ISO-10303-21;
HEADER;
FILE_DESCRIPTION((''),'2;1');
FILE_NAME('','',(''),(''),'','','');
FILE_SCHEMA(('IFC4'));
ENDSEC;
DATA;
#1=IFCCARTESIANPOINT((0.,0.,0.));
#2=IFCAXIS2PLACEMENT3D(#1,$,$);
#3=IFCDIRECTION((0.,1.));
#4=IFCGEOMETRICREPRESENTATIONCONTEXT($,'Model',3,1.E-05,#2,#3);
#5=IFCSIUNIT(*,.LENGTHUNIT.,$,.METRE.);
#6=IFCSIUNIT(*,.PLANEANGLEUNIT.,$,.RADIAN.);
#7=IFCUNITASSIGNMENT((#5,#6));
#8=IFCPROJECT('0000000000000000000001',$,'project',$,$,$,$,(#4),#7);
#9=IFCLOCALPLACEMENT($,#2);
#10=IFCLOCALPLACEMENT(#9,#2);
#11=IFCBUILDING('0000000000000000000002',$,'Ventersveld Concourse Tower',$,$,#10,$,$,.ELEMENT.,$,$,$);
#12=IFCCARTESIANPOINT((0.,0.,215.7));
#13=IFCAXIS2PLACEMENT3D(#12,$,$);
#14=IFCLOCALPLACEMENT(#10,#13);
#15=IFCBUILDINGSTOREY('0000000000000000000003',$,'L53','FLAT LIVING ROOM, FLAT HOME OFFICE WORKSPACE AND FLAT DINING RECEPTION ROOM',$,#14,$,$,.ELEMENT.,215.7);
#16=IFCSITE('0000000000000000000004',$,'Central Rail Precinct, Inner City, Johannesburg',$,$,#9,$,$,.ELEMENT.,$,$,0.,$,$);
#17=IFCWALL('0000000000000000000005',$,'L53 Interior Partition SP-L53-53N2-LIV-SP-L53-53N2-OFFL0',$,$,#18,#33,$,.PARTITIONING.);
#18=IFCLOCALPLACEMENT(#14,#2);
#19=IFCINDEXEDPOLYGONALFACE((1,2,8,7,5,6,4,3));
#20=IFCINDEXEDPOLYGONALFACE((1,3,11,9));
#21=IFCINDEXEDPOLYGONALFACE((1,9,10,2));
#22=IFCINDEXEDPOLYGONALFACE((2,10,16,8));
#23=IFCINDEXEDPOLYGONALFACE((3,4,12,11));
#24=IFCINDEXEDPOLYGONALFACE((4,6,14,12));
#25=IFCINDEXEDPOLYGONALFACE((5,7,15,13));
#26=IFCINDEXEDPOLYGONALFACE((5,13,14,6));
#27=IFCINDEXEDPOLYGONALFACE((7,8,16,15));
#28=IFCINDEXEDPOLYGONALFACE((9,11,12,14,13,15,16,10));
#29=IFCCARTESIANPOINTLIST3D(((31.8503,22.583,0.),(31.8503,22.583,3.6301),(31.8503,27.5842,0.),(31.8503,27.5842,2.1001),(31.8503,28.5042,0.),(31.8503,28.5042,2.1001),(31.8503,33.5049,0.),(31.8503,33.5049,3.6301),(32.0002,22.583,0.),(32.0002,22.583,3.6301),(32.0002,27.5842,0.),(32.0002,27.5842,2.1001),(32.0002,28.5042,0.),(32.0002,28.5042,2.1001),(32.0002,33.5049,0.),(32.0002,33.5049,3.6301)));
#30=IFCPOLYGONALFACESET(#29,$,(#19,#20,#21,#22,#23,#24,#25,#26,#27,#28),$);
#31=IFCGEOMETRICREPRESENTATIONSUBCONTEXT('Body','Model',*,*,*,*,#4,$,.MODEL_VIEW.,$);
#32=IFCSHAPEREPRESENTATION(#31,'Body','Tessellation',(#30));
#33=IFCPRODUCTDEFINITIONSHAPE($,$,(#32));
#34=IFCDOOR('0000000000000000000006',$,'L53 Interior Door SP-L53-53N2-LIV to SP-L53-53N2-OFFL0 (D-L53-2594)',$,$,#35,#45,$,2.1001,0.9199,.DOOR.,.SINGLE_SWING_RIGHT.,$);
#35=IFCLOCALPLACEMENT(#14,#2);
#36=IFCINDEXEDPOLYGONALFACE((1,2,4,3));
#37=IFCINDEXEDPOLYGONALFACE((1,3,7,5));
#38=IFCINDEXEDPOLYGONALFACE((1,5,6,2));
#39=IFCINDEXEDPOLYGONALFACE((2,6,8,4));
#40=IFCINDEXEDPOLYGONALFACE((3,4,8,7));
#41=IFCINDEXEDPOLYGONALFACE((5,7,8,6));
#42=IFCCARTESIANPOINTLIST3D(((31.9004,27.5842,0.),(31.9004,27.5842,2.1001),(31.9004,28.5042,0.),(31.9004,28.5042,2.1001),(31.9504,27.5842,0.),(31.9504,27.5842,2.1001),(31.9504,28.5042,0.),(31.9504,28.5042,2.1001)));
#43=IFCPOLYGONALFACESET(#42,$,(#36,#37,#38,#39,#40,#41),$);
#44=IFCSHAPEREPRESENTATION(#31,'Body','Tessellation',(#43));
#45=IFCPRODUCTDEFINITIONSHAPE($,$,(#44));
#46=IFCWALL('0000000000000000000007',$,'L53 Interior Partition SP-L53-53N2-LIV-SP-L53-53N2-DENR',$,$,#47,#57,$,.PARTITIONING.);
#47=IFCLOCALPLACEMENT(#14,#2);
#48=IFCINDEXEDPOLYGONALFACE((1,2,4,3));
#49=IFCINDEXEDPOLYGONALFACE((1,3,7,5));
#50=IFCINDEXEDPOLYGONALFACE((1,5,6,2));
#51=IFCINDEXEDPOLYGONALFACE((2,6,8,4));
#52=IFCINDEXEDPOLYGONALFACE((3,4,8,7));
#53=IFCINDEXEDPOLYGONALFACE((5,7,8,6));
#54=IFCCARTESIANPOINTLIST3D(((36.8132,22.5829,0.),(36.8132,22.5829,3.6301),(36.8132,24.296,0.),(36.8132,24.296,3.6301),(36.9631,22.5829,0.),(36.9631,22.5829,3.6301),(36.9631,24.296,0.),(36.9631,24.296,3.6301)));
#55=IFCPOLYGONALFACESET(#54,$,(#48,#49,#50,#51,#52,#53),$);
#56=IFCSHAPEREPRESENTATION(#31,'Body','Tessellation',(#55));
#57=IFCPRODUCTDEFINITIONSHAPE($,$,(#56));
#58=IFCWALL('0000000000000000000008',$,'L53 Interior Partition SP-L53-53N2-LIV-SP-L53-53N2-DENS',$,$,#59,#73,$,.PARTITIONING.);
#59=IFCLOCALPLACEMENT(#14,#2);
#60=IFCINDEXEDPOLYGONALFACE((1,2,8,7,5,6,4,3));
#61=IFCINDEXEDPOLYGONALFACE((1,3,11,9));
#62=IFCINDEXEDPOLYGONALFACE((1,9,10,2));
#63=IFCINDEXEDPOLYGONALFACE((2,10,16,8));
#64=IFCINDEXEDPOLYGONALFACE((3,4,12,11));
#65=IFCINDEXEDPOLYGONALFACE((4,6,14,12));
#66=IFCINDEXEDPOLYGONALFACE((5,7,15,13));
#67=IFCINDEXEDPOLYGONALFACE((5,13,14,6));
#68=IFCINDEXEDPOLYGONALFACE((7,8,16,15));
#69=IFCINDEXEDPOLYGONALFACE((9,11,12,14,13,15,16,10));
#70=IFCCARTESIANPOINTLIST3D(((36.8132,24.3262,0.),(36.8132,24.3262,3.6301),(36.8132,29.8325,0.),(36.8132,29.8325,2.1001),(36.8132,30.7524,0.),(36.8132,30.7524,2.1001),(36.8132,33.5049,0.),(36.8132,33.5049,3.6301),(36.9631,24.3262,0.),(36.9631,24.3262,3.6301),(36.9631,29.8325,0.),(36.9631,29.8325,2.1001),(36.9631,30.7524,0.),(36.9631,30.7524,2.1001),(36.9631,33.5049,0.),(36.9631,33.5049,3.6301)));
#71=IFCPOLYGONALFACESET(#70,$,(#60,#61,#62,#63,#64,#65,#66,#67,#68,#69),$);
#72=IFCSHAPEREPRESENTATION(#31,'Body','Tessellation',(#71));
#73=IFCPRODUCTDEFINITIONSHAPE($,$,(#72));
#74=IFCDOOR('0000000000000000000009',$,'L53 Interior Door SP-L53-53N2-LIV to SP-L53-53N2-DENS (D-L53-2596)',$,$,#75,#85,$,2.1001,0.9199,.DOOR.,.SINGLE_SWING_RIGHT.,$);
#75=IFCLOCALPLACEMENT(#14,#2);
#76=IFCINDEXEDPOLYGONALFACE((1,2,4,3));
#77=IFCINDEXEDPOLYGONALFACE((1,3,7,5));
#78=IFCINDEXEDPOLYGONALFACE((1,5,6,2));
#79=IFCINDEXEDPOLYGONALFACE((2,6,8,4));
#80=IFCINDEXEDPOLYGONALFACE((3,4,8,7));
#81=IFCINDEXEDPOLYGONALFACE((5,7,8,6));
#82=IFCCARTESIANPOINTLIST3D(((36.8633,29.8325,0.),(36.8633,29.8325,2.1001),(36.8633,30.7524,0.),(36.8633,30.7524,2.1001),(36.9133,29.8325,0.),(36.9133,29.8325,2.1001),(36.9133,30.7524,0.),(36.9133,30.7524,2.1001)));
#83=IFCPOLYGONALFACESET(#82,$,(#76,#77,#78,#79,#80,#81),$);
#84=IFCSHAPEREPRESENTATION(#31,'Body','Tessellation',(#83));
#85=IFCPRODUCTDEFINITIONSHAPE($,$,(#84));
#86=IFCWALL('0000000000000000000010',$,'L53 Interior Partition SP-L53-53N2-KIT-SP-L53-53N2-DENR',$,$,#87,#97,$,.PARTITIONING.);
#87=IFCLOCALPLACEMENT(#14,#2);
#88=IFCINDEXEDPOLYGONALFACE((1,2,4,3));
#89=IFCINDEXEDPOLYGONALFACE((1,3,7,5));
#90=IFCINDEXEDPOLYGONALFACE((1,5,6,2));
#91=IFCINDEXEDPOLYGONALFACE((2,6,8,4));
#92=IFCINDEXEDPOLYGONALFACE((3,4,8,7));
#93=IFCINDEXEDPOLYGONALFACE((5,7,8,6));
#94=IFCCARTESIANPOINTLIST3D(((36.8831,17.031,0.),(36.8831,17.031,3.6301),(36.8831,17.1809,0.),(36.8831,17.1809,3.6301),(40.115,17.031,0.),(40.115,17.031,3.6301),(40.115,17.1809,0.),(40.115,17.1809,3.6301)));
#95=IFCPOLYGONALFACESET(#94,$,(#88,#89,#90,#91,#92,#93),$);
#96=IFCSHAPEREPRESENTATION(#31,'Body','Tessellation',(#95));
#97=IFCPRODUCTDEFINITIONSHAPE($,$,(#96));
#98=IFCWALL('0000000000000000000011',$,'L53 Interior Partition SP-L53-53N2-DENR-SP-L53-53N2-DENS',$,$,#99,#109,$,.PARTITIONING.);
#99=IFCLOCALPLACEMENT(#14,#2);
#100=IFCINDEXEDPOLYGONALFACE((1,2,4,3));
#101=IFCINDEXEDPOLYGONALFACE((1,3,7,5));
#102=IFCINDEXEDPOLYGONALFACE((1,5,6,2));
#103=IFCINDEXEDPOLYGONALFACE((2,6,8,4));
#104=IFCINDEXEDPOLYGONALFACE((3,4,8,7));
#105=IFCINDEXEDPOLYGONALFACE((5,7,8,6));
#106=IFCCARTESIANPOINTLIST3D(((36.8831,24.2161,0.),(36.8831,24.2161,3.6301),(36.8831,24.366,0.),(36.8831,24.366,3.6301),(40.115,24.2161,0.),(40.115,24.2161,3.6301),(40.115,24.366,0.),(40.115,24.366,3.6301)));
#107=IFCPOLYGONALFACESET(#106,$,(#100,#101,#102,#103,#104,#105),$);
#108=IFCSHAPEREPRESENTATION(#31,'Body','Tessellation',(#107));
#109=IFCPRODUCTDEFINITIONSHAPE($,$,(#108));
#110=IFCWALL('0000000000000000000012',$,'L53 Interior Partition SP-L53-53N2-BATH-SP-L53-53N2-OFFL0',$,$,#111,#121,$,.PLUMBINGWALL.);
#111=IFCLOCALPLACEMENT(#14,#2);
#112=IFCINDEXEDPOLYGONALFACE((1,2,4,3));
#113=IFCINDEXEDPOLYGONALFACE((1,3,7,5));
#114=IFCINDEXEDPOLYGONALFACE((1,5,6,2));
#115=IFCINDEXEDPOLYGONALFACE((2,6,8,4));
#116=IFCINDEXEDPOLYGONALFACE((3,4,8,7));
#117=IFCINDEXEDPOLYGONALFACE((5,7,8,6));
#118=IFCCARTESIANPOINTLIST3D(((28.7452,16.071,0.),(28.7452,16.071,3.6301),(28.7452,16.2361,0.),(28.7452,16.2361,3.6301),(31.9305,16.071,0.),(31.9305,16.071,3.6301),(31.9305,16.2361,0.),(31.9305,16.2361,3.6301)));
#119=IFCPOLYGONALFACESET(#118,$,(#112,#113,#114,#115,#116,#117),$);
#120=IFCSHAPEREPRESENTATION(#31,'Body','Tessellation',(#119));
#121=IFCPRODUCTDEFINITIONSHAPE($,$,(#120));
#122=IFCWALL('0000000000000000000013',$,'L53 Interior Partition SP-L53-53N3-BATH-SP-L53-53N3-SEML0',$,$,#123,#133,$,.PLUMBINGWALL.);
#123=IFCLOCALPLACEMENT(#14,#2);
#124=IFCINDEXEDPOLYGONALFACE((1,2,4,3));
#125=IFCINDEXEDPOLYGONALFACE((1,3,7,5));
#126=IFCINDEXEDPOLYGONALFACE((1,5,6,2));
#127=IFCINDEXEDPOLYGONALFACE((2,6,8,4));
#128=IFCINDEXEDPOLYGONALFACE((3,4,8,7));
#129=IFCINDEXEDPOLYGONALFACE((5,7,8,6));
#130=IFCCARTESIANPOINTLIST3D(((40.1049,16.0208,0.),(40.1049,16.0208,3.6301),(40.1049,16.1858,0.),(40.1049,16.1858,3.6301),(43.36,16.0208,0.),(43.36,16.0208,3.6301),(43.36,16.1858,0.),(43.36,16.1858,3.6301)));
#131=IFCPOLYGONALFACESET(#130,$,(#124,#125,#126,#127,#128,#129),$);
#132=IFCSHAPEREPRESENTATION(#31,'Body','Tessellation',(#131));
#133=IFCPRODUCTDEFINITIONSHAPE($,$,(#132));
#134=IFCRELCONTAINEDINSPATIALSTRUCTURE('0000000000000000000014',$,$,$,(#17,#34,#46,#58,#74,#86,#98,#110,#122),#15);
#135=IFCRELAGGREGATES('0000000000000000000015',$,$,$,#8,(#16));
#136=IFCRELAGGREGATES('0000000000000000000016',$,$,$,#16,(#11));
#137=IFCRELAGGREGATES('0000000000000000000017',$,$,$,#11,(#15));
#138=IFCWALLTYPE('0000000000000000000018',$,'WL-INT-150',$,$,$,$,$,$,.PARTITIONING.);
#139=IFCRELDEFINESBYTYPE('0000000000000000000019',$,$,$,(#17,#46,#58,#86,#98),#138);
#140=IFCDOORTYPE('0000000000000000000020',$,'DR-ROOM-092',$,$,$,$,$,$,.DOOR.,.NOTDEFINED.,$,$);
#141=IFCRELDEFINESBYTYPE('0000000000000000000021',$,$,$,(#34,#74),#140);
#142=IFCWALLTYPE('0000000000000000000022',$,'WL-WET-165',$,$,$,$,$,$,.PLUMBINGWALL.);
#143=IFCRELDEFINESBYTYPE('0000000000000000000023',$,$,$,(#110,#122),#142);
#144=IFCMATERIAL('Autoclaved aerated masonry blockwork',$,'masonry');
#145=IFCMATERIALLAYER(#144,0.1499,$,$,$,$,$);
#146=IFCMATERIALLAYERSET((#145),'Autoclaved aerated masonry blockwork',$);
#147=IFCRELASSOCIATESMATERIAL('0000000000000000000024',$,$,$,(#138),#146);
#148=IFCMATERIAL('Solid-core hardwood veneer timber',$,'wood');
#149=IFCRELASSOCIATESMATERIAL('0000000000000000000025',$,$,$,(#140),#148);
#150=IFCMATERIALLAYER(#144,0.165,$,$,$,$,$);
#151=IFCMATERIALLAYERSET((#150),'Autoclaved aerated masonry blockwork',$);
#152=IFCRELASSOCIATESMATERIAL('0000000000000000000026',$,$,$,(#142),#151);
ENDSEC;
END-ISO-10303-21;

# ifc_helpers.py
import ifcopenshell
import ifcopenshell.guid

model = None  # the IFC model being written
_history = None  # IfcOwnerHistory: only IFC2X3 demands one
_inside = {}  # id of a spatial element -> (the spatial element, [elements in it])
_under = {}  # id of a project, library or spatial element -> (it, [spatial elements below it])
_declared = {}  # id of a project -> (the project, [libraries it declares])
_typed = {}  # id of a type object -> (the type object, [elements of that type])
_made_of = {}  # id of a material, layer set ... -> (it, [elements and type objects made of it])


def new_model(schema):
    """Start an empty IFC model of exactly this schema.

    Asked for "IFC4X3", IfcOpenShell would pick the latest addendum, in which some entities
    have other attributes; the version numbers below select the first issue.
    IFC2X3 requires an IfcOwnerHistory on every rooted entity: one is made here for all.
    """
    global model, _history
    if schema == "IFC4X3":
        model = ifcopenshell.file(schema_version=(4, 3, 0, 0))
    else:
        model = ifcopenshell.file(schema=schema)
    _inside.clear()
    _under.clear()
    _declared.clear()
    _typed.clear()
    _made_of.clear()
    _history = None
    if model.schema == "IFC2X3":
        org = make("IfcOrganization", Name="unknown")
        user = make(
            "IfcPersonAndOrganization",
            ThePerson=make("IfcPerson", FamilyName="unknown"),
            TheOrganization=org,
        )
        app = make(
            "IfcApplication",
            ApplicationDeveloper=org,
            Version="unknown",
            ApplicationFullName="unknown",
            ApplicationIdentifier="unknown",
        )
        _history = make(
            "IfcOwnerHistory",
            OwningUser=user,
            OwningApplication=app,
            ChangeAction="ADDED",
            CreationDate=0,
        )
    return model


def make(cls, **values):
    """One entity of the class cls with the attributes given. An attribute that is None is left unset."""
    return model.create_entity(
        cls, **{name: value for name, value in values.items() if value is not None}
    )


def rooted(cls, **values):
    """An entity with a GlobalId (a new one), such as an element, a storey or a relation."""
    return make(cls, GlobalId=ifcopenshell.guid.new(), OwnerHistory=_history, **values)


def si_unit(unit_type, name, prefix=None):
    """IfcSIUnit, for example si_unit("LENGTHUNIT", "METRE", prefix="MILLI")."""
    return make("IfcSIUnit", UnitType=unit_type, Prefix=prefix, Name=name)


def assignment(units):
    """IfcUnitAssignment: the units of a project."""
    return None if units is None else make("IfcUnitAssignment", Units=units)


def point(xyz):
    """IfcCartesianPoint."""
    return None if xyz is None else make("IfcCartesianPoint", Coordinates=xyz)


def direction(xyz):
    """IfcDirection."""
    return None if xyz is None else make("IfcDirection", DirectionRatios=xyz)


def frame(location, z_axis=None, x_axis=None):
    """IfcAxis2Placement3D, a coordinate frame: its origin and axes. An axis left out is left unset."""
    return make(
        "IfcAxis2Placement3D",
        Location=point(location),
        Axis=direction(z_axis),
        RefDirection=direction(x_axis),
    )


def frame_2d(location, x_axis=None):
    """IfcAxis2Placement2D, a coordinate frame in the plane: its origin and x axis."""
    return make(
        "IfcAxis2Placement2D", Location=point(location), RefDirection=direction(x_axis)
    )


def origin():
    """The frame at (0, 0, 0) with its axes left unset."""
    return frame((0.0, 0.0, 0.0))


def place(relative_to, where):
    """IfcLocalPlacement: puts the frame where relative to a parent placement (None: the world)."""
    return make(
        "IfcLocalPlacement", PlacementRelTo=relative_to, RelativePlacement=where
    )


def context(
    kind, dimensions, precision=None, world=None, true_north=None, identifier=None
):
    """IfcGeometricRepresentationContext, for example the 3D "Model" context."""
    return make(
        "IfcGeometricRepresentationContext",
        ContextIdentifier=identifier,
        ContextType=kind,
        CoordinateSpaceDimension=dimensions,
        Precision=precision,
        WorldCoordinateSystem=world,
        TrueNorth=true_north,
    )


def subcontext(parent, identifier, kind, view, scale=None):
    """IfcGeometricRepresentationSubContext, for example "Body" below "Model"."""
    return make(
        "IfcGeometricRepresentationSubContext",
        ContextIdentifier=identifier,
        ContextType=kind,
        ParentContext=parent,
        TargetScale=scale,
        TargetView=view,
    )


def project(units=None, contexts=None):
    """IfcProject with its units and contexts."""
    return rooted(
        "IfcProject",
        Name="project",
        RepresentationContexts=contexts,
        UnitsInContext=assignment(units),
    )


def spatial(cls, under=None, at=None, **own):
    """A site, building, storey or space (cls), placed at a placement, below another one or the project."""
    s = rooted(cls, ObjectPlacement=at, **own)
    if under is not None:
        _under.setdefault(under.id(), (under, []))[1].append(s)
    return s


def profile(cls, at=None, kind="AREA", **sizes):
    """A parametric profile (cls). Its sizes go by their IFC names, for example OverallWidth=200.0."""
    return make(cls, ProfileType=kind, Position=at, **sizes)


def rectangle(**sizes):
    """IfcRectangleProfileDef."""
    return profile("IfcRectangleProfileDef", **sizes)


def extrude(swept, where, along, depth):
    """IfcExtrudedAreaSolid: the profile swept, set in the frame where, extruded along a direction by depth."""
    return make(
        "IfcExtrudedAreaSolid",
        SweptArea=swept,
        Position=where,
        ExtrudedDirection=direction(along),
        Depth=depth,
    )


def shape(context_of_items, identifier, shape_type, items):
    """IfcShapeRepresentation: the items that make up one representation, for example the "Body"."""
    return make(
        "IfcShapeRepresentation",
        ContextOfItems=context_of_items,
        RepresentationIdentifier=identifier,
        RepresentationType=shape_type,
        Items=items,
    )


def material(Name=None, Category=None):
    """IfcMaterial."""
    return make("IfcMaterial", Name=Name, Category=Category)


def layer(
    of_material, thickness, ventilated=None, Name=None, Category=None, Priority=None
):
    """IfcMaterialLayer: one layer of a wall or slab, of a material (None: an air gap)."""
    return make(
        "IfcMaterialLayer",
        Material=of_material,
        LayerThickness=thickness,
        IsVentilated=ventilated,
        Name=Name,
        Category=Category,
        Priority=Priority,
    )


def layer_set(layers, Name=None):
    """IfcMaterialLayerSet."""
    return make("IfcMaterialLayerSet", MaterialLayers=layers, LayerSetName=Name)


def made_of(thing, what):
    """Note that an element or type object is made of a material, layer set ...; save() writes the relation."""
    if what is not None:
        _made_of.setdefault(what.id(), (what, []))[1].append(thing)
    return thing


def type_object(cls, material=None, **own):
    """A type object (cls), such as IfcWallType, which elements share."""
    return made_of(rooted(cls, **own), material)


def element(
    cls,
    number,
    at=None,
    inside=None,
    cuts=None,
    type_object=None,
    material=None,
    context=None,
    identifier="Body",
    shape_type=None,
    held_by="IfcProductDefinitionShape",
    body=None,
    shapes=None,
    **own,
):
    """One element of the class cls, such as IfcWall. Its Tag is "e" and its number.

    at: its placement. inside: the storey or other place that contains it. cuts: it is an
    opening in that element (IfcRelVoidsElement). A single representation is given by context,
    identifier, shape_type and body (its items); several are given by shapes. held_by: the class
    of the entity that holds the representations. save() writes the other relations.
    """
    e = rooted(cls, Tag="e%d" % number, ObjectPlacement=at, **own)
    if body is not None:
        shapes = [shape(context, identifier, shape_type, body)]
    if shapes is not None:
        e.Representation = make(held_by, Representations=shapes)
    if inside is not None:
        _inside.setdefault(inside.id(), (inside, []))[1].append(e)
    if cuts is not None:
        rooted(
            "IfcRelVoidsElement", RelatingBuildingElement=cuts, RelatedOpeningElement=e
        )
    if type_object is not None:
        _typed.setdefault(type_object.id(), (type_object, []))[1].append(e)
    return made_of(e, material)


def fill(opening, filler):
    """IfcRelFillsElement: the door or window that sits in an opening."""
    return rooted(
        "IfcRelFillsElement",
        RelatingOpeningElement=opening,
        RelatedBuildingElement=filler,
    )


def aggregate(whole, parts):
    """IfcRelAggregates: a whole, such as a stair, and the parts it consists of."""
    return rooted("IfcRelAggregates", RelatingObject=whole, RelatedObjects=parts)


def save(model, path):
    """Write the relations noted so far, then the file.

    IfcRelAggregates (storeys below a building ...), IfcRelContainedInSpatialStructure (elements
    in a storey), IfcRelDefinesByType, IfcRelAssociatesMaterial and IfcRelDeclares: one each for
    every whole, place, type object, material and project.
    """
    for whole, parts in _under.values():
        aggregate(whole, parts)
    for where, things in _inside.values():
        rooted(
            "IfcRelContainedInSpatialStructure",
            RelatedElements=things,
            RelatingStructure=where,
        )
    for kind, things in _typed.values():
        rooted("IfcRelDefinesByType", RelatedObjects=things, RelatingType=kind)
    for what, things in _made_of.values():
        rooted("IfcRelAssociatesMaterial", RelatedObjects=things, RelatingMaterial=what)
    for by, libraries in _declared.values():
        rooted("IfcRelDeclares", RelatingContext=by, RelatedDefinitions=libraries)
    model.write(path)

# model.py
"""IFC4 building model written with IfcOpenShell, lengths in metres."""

from ifc_helpers import new_model, si_unit, direction, frame, frame_2d, origin, place, context, subcontext, project, spatial, rectangle, extrude, material, layer, layer_set, type_object, element, fill, save


model = new_model("IFC4")

# Units and contexts
model_context = context("Model", 3, precision=1e-05, world=origin(), true_north=direction((0.0, 1.0)))
body_context = subcontext(model_context, "Body", "Model", "MODEL_VIEW")
ifc_project = project(units=[si_unit("LENGTHUNIT", "METRE"), si_unit("PLANEANGLEUNIT", "RADIAN")], contexts=[model_context])

# Site, building, storey
site_placement = place(None, origin())
site = spatial("IfcSite", under=ifc_project, at=site_placement, Name="Central Rail Precinct, Inner City, Johannesburg", CompositionType="ELEMENT", RefElevation=0.0)
building_placement = place(site_placement, origin())
building = spatial("IfcBuilding", under=site, at=building_placement, Name="Ventersveld Concourse Tower", CompositionType="ELEMENT")
storey_placement = place(building_placement, frame((0.0, 0.0, 215.7)))
storey = spatial("IfcBuildingStorey", under=building, at=storey_placement, Name="L53", Description="FLAT LIVING ROOM, FLAT HOME OFFICE WORKSPACE AND FLAT DINING RECEPTION ROOM", CompositionType="ELEMENT", Elevation=215.7)

# Wall, opening, door
ifc_material_1 = material(Name="Autoclaved aerated masonry blockwork", Category="masonry")
ifc_layer_1 = layer(ifc_material_1, 0.1499)
ifc_layer_set_1 = layer_set([ifc_layer_1], Name="Autoclaved aerated masonry blockwork")
wall_type_1 = type_object("IfcWallType", Name="WL-INT-150", PredefinedType="PARTITIONING", material=ifc_layer_set_1)
ifc_material_2 = material(Name="Solid-core hardwood veneer timber", Category="wood")
door_type = type_object("IfcDoorType", Name="DR-ROOM-092", OperationType="NOTDEFINED", PredefinedType="DOOR", material=ifc_material_2)
wall_1_placement = place(storey_placement, frame((31.9253, 22.583, 0.0), z_axis=(0.0, 0.0, 1.0), x_axis=(0.0, 1.0, 0.0)))
wall_1 = element("IfcWall", 1, at=wall_1_placement, inside=storey, type_object=wall_type_1, Name="L53 Interior Partition SP-L53-53N2-LIV-SP-L53-53N2-OFFL0", PredefinedType="PARTITIONING", context=body_context, shape_type="SweptSolid", body=[
    extrude(rectangle(XDim=10.9219, YDim=0.1499, at=frame_2d((5.4609, 0.0))), origin(), (0.0, 0.0, 1.0), 3.6301),
])
opening_1_placement = place(wall_1_placement, frame((5.0012, 0.0, 0.0)))
opening_1 = element("IfcOpeningElement", 2, at=opening_1_placement, cuts=wall_1, PredefinedType="OPENING", context=body_context, shape_type="SweptSolid", body=[
    extrude(rectangle(XDim=0.9199, YDim=2.1001, at=frame_2d((0.46, 1.05))), frame((0.0, 0.085, 0.0), z_axis=(0.0, -1.0, 0.0), x_axis=(1.0, 0.0, 0.0)), (0.0, 0.0, 1.0), 0.1699),
])
door_1_placement = place(opening_1_placement, origin())
door_1 = element("IfcDoor", 3, at=door_1_placement, inside=storey, type_object=door_type, Name="L53 Interior Door SP-L53-53N2-LIV to SP-L53-53N2-OFFL0 (D-L53-2594)", OperationType="SINGLE_SWING_RIGHT", OverallHeight=2.1001, OverallWidth=0.9199, PredefinedType="DOOR", context=body_context, shape_type="SweptSolid", body=[
    extrude(rectangle(XDim=0.9199, YDim=2.1001, at=frame_2d((0.46, 1.05))), frame((0.0, 0.0249, 0.0), z_axis=(0.0, -1.0, 0.0), x_axis=(1.0, 0.0, 0.0)), (0.0, 0.0, 1.0), 0.05),
])
fill(opening_1, door_1)

# Wall
wall_2_placement = place(storey_placement, frame((36.8882, 22.583, 0.0), z_axis=(0.0, 0.0, 1.0), x_axis=(0.0, 1.0, 0.0)))
element("IfcWall", 4, at=wall_2_placement, inside=storey, type_object=wall_type_1, Name="L53 Interior Partition SP-L53-53N2-LIV-SP-L53-53N2-DENR", PredefinedType="PARTITIONING", context=body_context, shape_type="SweptSolid", body=[
    extrude(rectangle(XDim=1.7131, YDim=0.1499, at=frame_2d((0.8564, 0.0))), origin(), (0.0, 0.0, 1.0), 3.6301),
])

# Wall, opening, door
wall_3_placement = place(storey_placement, frame((36.8882, 24.3262, 0.0), z_axis=(0.0, 0.0, 1.0), x_axis=(0.0, 1.0, 0.0)))
wall_3 = element("IfcWall", 5, at=wall_3_placement, inside=storey, type_object=wall_type_1, Name="L53 Interior Partition SP-L53-53N2-LIV-SP-L53-53N2-DENS", PredefinedType="PARTITIONING", context=body_context, shape_type="SweptSolid", body=[
    extrude(rectangle(XDim=9.1787, YDim=0.1499, at=frame_2d((4.5894, 0.0))), origin(), (0.0, 0.0, 1.0), 3.6301),
])
opening_2_placement = place(wall_3_placement, frame((5.5063, 0.0, 0.0)))
opening_2 = element("IfcOpeningElement", 6, at=opening_2_placement, cuts=wall_3, PredefinedType="OPENING", context=body_context, shape_type="SweptSolid", body=[
    extrude(rectangle(XDim=0.9199, YDim=2.1001, at=frame_2d((0.46, 1.05))), frame((0.0, 0.085, 0.0), z_axis=(0.0, -1.0, 0.0), x_axis=(1.0, 0.0, 0.0)), (0.0, 0.0, 1.0), 0.1699),
])
door_2_placement = place(opening_2_placement, origin())
door_2 = element("IfcDoor", 7, at=door_2_placement, inside=storey, type_object=door_type, Name="L53 Interior Door SP-L53-53N2-LIV to SP-L53-53N2-DENS (D-L53-2596)", OperationType="SINGLE_SWING_RIGHT", OverallHeight=2.1001, OverallWidth=0.9199, PredefinedType="DOOR", context=body_context, shape_type="SweptSolid", body=[
    extrude(rectangle(XDim=0.9199, YDim=2.1001, at=frame_2d((0.46, 1.05))), frame((0.0, 0.0249, 0.0), z_axis=(0.0, -1.0, 0.0), x_axis=(1.0, 0.0, 0.0)), (0.0, 0.0, 1.0), 0.05),
])
fill(opening_2, door_2)

# Walls
for number, where, z_axis, x_axis, name in (
    (8, (36.8831, 17.106, 0.0), (0.0, 0.0, 1.0), (1.0, 0.0, 0.0), "L53 Interior Partition SP-L53-53N2-KIT-SP-L53-53N2-DENR"),
    (9, (36.8831, 24.291, 0.0), (0.0, 0.0, 1.0), (1.0, 0.0, 0.0), "L53 Interior Partition SP-L53-53N2-DENR-SP-L53-53N2-DENS"),
):
    element("IfcWall", number, at=place(storey_placement, frame(where, z_axis=z_axis, x_axis=x_axis)), inside=storey, type_object=wall_type_1, Name=name, PredefinedType="PARTITIONING", context=body_context, shape_type="SweptSolid", body=[
        extrude(rectangle(XDim=3.2319, YDim=0.1499, at=frame_2d((1.616, 0.0))), origin(), (0.0, 0.0, 1.0), 3.6301),
    ])
ifc_layer_2 = layer(ifc_material_1, 0.165)
ifc_layer_set_2 = layer_set([ifc_layer_2], Name="Autoclaved aerated masonry blockwork")
wall_type_2 = type_object("IfcWallType", Name="WL-WET-165", PredefinedType="PLUMBINGWALL", material=ifc_layer_set_2)
wall_4_placement = place(storey_placement, frame((28.7451, 16.1536, 0.0), z_axis=(0.0, 0.0, 1.0), x_axis=(1.0, 0.0, 0.0)))
element("IfcWall", 10, at=wall_4_placement, inside=storey, type_object=wall_type_2, Name="L53 Interior Partition SP-L53-53N2-BATH-SP-L53-53N2-OFFL0", PredefinedType="PLUMBINGWALL", context=body_context, shape_type="SweptSolid", body=[
    extrude(rectangle(XDim=3.1853, YDim=0.165, at=frame_2d((1.5928, 0.0))), origin(), (0.0, 0.0, 1.0), 3.6301),
])
wall_5_placement = place(storey_placement, frame((40.105, 16.1033, 0.0), z_axis=(0.0, 0.0, 1.0), x_axis=(1.0, 0.0, 0.0)))
element("IfcWall", 11, at=wall_5_placement, inside=storey, type_object=wall_type_2, Name="L53 Interior Partition SP-L53-53N3-BATH-SP-L53-53N3-SEML0", PredefinedType="PLUMBINGWALL", context=body_context, shape_type="SweptSolid", body=[
    extrude(rectangle(XDim=3.2551, YDim=0.165, at=frame_2d((1.6274, 0.0))), origin(), (0.0, 0.0, 1.0), 3.6301),
])

save(model, "model.ifc")
